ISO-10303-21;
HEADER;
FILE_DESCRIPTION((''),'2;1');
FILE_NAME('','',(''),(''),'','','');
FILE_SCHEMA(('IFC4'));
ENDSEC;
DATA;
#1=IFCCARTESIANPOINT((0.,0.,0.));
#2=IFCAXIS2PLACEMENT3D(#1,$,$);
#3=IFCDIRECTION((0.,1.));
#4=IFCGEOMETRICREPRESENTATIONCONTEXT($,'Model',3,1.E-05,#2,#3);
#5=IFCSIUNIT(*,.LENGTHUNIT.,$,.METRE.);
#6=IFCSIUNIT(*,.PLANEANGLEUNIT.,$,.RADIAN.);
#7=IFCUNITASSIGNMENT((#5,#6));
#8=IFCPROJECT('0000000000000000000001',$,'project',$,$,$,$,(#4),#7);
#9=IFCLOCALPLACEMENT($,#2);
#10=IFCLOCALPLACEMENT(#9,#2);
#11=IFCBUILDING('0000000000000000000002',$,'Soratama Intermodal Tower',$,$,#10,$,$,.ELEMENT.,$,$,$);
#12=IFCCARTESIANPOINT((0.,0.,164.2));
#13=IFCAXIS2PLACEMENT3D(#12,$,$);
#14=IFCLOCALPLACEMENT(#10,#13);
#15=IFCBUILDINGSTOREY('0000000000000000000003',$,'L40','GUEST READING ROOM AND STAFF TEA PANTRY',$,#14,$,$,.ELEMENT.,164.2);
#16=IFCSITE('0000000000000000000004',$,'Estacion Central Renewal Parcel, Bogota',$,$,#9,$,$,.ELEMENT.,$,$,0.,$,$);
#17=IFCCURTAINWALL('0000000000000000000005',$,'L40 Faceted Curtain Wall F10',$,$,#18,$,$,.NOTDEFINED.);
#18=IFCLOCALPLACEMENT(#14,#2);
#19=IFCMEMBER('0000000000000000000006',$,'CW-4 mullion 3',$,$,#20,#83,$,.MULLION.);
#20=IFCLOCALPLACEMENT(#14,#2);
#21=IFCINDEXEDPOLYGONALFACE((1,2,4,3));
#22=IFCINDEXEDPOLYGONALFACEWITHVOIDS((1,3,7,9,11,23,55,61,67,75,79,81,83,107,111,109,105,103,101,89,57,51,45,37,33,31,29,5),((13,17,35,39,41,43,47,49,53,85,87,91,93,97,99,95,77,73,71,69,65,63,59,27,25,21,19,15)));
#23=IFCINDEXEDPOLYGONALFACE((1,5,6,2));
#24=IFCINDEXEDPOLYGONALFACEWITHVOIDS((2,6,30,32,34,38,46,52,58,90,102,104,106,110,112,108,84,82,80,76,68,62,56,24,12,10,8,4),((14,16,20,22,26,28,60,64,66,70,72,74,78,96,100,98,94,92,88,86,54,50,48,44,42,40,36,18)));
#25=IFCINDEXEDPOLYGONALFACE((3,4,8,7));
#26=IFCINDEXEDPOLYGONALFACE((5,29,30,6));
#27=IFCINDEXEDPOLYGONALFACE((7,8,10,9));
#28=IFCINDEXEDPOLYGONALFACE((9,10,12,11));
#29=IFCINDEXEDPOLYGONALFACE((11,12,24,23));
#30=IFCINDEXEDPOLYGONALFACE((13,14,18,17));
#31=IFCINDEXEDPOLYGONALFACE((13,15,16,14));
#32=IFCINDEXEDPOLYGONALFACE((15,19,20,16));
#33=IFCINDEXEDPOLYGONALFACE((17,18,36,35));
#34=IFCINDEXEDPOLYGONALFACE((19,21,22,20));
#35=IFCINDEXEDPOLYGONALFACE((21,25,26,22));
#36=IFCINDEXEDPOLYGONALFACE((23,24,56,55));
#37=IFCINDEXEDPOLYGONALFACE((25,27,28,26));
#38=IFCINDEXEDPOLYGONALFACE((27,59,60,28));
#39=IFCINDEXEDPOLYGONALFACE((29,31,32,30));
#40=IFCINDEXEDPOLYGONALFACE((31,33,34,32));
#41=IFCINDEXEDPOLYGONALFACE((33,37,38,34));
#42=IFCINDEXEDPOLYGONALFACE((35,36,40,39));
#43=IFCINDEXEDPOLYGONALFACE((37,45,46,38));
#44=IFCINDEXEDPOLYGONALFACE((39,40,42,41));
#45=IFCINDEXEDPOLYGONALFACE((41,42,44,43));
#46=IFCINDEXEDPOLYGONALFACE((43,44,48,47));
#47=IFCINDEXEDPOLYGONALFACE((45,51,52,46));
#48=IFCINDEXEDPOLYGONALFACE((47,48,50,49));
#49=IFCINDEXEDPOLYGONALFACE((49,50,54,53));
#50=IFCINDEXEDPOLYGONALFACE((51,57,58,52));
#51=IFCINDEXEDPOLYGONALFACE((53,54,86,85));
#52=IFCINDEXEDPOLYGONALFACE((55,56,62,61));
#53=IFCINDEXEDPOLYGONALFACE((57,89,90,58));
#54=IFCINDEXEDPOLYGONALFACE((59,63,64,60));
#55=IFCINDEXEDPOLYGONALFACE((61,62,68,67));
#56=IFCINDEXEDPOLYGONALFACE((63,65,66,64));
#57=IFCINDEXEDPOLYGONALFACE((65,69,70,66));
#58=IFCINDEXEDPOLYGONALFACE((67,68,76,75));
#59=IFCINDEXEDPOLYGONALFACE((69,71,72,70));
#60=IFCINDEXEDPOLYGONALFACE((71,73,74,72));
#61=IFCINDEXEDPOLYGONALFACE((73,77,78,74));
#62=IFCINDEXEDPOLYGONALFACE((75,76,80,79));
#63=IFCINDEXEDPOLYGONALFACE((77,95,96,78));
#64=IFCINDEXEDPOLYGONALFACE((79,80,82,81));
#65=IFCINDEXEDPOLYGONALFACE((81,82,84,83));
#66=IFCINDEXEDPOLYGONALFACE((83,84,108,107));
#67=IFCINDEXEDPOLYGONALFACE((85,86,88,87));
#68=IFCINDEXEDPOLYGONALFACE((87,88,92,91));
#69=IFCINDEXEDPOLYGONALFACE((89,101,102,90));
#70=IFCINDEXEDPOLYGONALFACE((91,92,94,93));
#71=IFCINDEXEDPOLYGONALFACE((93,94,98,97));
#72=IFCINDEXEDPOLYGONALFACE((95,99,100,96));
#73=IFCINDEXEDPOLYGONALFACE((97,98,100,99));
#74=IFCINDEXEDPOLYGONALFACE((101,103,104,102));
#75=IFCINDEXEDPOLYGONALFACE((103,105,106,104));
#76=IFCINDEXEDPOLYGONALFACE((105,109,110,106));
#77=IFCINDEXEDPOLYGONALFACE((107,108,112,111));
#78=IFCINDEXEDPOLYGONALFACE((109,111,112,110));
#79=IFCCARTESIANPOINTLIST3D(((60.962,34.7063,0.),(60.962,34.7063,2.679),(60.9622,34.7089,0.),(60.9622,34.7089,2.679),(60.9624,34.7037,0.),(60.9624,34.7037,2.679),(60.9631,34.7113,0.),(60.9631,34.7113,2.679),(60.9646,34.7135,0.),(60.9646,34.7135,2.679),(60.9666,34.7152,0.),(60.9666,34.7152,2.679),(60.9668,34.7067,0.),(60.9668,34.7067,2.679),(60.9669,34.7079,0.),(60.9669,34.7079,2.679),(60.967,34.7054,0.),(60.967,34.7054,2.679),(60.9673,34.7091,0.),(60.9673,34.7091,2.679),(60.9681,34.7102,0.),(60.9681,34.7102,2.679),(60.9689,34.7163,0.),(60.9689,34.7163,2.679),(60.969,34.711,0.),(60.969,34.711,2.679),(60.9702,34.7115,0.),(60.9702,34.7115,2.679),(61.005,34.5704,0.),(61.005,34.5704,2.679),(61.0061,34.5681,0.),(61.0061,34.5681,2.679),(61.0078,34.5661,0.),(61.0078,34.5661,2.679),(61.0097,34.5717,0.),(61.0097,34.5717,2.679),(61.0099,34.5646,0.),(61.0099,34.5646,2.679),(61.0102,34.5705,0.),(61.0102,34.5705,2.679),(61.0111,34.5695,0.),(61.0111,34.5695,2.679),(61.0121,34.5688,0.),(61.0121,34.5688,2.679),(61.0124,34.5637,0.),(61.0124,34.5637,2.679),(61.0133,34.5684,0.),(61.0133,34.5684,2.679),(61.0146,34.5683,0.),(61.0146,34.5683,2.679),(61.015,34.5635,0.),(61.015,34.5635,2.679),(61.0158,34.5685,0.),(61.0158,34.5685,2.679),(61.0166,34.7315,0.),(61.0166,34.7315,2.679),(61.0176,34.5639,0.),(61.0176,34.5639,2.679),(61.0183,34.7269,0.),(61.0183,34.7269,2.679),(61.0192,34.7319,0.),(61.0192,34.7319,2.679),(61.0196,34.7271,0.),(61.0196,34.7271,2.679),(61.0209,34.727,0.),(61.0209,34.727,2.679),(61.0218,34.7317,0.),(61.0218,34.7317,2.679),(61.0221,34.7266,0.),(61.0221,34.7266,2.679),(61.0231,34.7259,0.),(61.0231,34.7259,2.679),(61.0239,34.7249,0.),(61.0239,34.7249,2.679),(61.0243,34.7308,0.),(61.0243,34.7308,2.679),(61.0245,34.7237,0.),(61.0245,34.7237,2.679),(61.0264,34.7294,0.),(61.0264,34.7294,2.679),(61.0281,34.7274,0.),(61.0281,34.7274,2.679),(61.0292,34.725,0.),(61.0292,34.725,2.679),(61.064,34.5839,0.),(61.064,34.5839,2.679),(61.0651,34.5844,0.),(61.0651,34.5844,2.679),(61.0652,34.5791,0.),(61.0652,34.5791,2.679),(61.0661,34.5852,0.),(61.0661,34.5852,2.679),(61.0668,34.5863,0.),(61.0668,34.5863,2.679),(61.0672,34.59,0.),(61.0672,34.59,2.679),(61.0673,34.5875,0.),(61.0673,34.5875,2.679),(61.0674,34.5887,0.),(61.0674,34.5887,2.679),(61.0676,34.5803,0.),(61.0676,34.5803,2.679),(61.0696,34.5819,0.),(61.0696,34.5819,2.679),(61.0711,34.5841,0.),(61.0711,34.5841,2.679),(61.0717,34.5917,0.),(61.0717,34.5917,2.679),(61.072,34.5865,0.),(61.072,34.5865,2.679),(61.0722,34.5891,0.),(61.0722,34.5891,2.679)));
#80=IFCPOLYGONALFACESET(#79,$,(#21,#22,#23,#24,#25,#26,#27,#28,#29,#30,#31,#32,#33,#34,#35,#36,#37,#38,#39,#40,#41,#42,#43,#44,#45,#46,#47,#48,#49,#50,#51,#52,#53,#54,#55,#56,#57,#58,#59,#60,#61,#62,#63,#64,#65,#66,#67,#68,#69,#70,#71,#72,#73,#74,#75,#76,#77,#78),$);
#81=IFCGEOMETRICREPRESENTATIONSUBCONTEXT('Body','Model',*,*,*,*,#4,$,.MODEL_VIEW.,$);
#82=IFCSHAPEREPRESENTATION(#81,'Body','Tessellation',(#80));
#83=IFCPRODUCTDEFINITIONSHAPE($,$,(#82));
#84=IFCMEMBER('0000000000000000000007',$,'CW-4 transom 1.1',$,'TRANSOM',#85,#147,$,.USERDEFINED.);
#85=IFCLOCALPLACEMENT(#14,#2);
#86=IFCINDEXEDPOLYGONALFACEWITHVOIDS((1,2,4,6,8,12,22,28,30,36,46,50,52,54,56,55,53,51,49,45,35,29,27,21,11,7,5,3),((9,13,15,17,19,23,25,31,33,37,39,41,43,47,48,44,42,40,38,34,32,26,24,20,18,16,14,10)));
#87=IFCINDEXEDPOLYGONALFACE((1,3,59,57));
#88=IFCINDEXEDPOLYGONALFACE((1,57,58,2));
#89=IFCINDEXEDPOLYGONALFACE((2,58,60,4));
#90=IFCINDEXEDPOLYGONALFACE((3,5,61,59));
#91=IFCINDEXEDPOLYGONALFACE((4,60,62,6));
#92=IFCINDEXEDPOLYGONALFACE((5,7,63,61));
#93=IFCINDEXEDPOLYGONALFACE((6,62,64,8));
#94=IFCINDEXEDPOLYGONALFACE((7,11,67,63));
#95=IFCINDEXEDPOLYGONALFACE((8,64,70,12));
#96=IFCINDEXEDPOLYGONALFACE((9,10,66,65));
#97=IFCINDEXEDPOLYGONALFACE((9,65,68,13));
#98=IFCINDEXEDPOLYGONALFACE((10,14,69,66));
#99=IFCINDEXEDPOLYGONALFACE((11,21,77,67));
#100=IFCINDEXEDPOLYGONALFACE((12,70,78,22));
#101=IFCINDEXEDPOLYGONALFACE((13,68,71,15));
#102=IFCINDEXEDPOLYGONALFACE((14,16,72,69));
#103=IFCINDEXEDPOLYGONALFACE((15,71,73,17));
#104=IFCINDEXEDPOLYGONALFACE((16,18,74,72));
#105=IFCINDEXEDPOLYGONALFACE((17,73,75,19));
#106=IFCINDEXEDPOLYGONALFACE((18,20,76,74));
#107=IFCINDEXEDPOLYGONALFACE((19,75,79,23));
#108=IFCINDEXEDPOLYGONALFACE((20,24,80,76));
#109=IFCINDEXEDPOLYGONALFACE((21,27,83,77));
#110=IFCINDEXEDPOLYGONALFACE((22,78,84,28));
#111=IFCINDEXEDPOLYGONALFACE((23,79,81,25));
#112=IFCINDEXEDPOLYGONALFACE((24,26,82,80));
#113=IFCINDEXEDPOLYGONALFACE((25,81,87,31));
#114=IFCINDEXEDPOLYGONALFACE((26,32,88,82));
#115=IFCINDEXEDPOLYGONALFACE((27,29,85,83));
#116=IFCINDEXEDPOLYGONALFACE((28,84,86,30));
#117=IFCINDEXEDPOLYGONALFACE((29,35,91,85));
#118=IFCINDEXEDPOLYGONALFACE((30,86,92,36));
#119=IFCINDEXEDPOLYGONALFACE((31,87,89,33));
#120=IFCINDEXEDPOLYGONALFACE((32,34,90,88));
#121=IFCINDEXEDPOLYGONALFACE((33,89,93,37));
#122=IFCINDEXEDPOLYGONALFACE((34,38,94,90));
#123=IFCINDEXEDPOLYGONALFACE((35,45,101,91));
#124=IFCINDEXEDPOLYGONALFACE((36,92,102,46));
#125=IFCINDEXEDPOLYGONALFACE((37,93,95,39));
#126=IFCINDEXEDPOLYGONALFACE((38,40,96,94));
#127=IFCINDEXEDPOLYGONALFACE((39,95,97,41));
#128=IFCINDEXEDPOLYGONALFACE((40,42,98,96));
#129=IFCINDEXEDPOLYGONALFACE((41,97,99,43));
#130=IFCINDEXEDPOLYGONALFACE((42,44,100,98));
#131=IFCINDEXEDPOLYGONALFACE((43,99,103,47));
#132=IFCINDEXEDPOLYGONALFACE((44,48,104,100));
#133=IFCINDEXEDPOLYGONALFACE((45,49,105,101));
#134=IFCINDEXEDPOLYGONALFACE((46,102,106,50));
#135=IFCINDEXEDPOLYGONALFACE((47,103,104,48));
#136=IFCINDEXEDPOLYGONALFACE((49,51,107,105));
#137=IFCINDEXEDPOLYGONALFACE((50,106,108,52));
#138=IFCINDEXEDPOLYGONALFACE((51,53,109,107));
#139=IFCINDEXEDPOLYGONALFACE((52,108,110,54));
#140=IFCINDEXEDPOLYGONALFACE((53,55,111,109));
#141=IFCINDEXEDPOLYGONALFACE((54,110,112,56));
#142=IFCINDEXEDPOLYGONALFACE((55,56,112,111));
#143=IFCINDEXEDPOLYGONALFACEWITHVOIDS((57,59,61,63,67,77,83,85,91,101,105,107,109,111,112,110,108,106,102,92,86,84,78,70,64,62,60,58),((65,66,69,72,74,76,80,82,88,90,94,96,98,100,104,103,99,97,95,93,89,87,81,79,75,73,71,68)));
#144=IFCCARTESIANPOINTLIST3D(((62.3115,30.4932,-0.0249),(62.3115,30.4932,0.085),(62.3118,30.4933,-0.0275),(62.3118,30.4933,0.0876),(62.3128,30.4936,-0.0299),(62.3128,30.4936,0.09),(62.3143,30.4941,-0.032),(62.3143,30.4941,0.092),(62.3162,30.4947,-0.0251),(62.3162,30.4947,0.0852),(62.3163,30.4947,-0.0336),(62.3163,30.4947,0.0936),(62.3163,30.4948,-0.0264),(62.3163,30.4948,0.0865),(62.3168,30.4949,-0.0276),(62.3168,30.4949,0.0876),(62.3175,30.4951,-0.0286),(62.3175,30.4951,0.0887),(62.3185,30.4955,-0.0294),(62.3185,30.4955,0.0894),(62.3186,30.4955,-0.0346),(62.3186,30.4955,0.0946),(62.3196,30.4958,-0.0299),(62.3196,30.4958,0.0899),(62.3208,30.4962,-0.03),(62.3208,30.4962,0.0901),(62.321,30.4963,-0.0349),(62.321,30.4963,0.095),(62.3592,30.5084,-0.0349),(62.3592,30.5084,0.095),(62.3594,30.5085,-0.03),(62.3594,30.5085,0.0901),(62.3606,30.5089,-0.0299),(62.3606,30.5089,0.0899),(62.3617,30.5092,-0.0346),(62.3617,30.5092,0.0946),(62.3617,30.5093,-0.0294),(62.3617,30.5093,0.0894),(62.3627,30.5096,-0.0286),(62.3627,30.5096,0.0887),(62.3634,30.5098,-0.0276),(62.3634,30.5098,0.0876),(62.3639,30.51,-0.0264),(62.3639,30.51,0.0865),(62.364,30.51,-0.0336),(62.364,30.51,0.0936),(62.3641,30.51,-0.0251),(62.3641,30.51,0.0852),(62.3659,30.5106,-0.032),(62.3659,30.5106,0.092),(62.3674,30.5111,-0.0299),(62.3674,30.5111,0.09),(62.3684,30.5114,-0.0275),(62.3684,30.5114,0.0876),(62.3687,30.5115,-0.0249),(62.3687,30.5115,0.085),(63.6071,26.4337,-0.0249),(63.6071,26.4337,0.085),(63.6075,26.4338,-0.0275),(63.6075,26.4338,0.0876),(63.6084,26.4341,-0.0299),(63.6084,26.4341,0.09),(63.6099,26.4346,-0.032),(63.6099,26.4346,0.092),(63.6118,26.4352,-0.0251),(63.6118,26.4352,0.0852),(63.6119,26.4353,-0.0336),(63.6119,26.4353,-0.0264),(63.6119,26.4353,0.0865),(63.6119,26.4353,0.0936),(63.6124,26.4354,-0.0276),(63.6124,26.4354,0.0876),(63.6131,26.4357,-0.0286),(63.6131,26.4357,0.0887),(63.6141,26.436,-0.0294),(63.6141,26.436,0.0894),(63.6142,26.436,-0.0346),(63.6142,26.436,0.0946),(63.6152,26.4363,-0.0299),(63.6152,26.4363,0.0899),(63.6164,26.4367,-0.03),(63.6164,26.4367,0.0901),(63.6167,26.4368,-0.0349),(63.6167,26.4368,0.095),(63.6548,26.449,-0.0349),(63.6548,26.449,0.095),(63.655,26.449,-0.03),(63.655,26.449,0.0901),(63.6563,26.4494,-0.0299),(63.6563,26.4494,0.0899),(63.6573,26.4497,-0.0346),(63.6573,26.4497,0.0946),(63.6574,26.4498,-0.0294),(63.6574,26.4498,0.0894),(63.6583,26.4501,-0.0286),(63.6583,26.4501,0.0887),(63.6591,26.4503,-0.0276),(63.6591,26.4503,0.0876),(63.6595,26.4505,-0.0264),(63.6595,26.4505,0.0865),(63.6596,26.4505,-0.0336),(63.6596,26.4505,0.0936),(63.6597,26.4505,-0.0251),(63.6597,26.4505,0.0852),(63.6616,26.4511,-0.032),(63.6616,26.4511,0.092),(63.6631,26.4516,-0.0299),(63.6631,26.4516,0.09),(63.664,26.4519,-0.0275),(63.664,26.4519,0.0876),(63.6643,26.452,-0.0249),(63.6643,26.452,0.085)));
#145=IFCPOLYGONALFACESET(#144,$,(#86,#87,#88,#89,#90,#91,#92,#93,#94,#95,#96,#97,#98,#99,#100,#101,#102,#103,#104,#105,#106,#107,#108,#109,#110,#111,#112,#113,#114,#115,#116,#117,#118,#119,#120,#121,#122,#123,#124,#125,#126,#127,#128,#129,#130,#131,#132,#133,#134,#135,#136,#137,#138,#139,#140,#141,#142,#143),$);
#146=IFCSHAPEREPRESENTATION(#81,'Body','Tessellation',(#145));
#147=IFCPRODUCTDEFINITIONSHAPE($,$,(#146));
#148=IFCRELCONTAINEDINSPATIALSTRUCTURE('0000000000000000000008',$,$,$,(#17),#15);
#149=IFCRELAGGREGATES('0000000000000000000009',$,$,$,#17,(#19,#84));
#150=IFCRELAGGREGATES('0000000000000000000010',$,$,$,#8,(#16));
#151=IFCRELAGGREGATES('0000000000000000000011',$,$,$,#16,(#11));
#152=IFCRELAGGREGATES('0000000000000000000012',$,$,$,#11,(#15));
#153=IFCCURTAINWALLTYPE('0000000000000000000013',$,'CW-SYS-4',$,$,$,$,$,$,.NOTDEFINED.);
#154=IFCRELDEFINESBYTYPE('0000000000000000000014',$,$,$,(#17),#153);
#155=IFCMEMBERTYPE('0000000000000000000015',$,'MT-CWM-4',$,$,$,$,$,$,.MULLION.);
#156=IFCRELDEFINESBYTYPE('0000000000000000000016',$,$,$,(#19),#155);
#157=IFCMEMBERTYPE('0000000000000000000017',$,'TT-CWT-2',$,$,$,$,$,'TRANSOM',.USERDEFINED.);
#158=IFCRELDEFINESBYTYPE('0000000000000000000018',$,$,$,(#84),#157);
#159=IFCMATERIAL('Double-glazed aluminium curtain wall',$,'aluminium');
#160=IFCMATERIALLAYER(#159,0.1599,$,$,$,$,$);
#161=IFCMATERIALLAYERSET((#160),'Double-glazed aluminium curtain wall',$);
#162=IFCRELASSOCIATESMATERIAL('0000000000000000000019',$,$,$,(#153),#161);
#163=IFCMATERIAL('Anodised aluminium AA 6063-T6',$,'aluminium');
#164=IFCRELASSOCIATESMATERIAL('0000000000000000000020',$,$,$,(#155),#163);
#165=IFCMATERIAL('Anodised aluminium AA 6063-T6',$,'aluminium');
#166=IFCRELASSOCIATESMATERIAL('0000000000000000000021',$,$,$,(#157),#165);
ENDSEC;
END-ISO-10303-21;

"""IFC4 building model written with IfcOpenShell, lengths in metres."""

from ifc_helpers import new_model, si_unit, direction, frame, origin, origin_2d, place, context, subcontext, project, spatial, hollow_rectangle, extrude, material, layer, layer_set, material_profile, profile_set, type_object, element, aggregate, save


model = new_model("IFC4")

# Units and contexts
model_context = context("Model", 3, precision=1e-05, world=origin(), true_north=direction((0.0, 1.0)))
body_context = subcontext(model_context, "Body", "Model", "MODEL_VIEW")
ifc_project = project(units=[si_unit("LENGTHUNIT", "METRE"), si_unit("PLANEANGLEUNIT", "RADIAN")], contexts=[model_context])

# Site, building, storey
site_placement = place(None, origin())
site = spatial("IfcSite", under=ifc_project, at=site_placement, Name="Estacion Central Renewal Parcel, Bogota", CompositionType="ELEMENT", RefElevation=0.0)
building_placement = place(site_placement, origin())
building = spatial("IfcBuilding", under=site, at=building_placement, Name="Soratama Intermodal Tower", CompositionType="ELEMENT")
storey_placement = place(building_placement, frame((0.0, 0.0, 164.2)))
storey = spatial("IfcBuildingStorey", under=building, at=storey_placement, Name="L40", Description="GUEST READING ROOM AND STAFF TEA PANTRY", CompositionType="ELEMENT", Elevation=164.2)

# Curtain wall, members
ifc_material_1 = material(Name="Double-glazed aluminium curtain wall", Category="aluminium")
ifc_layer_1 = layer(ifc_material_1, 0.1599)
ifc_layer_set_1 = layer_set([ifc_layer_1], Name="Double-glazed aluminium curtain wall")
curtain_wall_type = type_object("IfcCurtainWallType", Name="CW-SYS-4", PredefinedType="NOTDEFINED", material=ifc_layer_set_1)
curtain_wall_placement = place(storey_placement, origin())
curtain_wall = element("IfcCurtainWall", 1, at=curtain_wall_placement, inside=storey, type_object=curtain_wall_type, Name="L40 Faceted Curtain Wall F10", PredefinedType="NOTDEFINED")
ifc_material_2 = material(Name="Anodised aluminium AA 6063-T6", Category="aluminium")
ifc_material_profile_1 = material_profile(ifc_material_2, hollow_rectangle(XDim=0.0701, YDim=0.1599, WallThickness=0.0049, InnerFilletRadius=0.0049, OuterFilletRadius=0.01, at=origin_2d()), Name="CWM160X70X5")
ifc_profile_set_1 = profile_set([ifc_material_profile_1], Name="Anodised aluminium AA 6063-T6")
member_type_1 = type_object("IfcMemberType", Name="MT-CWM-4", PredefinedType="MULLION", material=ifc_profile_set_1)
member_1_placement = place(storey_placement, frame((61.0171, 34.6477, 0.0), z_axis=(0.0, 0.0, 1.0), x_axis=(-0.952663, -0.30403, 0.0)))
member_1 = element("IfcMember", 2, at=member_1_placement, type_object=member_type_1, Name="CW-4 mullion 3", PredefinedType="MULLION", context=body_context, shape_type="SweptSolid", body=[
    extrude(hollow_rectangle(XDim=0.0701, YDim=0.1599, WallThickness=0.0049, InnerFilletRadius=0.0049, OuterFilletRadius=0.01, at=origin_2d()), origin(), (0.0, 0.0, 1.0), 2.679),
])
ifc_material_3 = material(Name="Anodised aluminium AA 6063-T6", Category="aluminium")
ifc_material_profile_2 = material_profile(ifc_material_3, hollow_rectangle(XDim=0.0601, YDim=0.1299, WallThickness=0.0049, InnerFilletRadius=0.0049, OuterFilletRadius=0.01, at=origin_2d()), Name="CWT130X60X5")
ifc_profile_set_2 = profile_set([ifc_material_profile_2], Name="Anodised aluminium AA 6063-T6")
member_type_2 = type_object("IfcMemberType", Name="TT-CWT-2", ElementType="TRANSOM", PredefinedType="USERDEFINED", material=ifc_profile_set_2)
member_2_placement = place(storey_placement, frame((63.6357, 26.4429, 0.03), z_axis=(-0.30405, 0.952656, 0.0), x_axis=(-0.952656, -0.30405, 0.0)))
member_2 = element("IfcMember", 3, at=member_2_placement, type_object=member_type_2, Name="CW-4 transom 1.1", ObjectType="TRANSOM", PredefinedType="USERDEFINED", context=body_context, shape_type="SweptSolid", body=[
    extrude(hollow_rectangle(XDim=0.0601, YDim=0.1299, WallThickness=0.0049, InnerFilletRadius=0.0049, OuterFilletRadius=0.01, at=origin_2d()), origin(), (0.0, 0.0, 1.0), 4.2612),
])
aggregate(curtain_wall, [member_1, member_2])

save(model, "model.ifc")
